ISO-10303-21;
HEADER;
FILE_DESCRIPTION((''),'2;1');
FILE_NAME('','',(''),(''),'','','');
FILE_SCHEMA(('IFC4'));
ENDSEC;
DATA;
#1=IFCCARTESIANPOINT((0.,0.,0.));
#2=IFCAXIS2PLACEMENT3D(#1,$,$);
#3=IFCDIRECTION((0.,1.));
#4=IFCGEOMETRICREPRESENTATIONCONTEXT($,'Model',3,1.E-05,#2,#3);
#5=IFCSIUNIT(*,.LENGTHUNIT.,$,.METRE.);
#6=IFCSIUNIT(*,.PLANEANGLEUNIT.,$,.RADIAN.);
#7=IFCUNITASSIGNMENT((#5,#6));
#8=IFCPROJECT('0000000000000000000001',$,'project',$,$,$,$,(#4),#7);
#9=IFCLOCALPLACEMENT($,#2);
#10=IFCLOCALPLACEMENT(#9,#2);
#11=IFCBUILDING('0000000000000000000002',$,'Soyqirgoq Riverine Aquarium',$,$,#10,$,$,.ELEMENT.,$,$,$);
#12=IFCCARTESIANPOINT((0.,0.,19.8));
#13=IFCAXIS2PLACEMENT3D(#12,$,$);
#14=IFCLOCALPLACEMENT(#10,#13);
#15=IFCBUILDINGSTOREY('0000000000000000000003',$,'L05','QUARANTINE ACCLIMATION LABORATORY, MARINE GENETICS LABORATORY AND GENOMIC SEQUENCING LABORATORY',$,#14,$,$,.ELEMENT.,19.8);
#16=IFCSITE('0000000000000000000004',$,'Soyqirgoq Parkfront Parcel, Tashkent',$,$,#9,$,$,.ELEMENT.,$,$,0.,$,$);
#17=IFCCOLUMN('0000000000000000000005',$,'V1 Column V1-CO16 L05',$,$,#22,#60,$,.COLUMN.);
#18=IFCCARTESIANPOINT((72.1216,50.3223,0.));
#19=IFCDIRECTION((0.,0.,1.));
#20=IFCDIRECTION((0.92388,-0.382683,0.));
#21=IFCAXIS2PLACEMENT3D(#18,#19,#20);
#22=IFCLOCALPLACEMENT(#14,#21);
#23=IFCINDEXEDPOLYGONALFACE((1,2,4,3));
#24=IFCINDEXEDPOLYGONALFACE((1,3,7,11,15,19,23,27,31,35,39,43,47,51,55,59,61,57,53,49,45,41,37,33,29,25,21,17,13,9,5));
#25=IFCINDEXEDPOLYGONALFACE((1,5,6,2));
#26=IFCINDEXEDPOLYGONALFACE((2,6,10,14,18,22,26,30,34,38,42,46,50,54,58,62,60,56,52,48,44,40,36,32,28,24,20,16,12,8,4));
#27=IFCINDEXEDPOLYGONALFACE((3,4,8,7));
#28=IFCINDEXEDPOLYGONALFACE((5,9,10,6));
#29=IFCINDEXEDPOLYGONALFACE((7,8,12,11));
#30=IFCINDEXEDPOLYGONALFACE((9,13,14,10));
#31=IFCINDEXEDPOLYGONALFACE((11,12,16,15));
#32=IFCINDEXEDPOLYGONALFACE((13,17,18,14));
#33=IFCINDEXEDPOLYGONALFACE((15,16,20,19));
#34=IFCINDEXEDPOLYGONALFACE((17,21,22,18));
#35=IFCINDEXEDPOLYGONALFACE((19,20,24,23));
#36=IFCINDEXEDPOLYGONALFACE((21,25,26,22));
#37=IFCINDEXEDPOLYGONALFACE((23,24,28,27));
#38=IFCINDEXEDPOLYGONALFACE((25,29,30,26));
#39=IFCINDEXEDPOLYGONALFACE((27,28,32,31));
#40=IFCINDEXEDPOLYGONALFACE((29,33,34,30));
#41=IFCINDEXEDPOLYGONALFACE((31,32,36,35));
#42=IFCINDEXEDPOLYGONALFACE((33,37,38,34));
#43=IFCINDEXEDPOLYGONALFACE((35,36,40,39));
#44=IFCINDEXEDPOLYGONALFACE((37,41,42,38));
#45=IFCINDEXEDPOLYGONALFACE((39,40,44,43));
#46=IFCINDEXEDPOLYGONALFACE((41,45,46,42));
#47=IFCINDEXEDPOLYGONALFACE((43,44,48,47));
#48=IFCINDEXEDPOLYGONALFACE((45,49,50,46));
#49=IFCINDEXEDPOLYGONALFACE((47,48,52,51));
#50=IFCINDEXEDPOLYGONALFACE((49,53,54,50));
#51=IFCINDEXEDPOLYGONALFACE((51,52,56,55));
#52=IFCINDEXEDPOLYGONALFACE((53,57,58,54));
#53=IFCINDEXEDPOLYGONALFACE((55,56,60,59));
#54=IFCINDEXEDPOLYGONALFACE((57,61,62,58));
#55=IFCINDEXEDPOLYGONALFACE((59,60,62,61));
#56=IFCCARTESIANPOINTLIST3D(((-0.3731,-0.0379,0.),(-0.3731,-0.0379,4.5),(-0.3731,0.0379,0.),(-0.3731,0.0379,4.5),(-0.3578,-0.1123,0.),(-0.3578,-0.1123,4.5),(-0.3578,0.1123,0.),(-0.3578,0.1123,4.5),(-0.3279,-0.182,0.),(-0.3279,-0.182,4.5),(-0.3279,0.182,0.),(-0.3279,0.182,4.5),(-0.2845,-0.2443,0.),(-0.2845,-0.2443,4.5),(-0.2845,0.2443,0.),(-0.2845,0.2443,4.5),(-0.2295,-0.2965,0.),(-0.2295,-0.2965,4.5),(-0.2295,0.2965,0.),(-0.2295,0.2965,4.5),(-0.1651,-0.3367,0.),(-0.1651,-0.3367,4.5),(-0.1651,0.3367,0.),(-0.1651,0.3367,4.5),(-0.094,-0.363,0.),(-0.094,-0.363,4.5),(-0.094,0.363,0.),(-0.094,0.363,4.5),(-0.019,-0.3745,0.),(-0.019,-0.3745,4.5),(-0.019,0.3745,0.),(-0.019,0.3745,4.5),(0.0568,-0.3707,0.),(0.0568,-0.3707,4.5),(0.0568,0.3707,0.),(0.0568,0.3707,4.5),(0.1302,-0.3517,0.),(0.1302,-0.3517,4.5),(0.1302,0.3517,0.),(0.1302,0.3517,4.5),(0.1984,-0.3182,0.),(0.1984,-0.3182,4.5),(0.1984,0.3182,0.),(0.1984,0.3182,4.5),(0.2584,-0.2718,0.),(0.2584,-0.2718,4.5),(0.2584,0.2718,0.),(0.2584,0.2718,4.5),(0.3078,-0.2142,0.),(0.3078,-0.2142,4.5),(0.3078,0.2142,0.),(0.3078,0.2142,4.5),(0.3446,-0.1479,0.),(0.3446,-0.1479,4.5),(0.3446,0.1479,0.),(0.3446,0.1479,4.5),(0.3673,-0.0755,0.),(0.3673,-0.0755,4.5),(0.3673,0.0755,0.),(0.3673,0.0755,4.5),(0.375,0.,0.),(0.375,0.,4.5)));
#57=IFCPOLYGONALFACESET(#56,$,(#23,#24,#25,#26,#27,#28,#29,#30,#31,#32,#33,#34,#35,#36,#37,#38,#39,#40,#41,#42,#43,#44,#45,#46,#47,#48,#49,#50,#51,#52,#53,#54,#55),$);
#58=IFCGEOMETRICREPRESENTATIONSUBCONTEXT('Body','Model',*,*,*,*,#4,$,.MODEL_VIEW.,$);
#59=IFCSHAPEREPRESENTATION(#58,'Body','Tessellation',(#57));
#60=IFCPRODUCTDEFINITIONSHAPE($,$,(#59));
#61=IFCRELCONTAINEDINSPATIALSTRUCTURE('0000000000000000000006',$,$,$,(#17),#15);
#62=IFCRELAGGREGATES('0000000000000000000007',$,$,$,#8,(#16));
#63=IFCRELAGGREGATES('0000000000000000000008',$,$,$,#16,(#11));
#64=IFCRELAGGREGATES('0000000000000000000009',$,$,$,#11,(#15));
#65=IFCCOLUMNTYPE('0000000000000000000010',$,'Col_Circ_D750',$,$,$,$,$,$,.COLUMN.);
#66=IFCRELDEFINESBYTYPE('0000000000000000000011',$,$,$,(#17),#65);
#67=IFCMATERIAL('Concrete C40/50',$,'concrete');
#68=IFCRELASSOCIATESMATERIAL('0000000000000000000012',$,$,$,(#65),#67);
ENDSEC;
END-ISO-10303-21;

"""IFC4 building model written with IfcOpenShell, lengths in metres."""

from ifc_helpers import new_model, si_unit, direction, frame, origin, origin_2d, place, context, subcontext, project, spatial, circle, extrude, material, material_profile, profile_set, type_object, element, save


model = new_model("IFC4")

# Units and contexts
model_context = context("Model", 3, precision=1e-05, world=origin(), true_north=direction((0.0, 1.0)))
body_context = subcontext(model_context, "Body", "Model", "MODEL_VIEW")
ifc_project = project(units=[si_unit("LENGTHUNIT", "METRE"), si_unit("PLANEANGLEUNIT", "RADIAN")], contexts=[model_context])

# Site, building, storey
site_placement = place(None, origin())
site = spatial("IfcSite", under=ifc_project, at=site_placement, Name="Soyqirgoq Parkfront Parcel, Tashkent", CompositionType="ELEMENT", RefElevation=0.0)
building_placement = place(site_placement, origin())
building = spatial("IfcBuilding", under=site, at=building_placement, Name="Soyqirgoq Riverine Aquarium", CompositionType="ELEMENT")
storey_placement = place(building_placement, frame((0.0, 0.0, 19.8)))
storey = spatial("IfcBuildingStorey", under=building, at=storey_placement, Name="L05", Description="QUARANTINE ACCLIMATION LABORATORY, MARINE GENETICS LABORATORY AND GENOMIC SEQUENCING LABORATORY", CompositionType="ELEMENT", Elevation=19.8)

# Column
ifc_material_1 = material(Name="Concrete C40/50", Category="concrete")
ifc_material_profile_1 = material_profile(ifc_material_1, circle(Radius=0.375, at=origin_2d()), Name="RC-COL D750")
ifc_profile_set_1 = profile_set([ifc_material_profile_1], Name="Concrete C40/50")
column_type = type_object("IfcColumnType", Name="Col_Circ_D750", PredefinedType="COLUMN", material=ifc_profile_set_1)
column_placement = place(storey_placement, frame((72.1216, 50.3223, 0.0), z_axis=(0.0, 0.0, 1.0), x_axis=(0.92388, -0.382683, 0.0)))
element("IfcColumn", 1, at=column_placement, inside=storey, type_object=column_type, Name="V1 Column V1-CO16 L05", PredefinedType="COLUMN", context=body_context, shape_type="SweptSolid", body=[
    extrude(circle(Radius=0.375, at=origin_2d()), origin(), (0.0, 0.0, 1.0), 4.5),
])

save(model, "model.ifc")
